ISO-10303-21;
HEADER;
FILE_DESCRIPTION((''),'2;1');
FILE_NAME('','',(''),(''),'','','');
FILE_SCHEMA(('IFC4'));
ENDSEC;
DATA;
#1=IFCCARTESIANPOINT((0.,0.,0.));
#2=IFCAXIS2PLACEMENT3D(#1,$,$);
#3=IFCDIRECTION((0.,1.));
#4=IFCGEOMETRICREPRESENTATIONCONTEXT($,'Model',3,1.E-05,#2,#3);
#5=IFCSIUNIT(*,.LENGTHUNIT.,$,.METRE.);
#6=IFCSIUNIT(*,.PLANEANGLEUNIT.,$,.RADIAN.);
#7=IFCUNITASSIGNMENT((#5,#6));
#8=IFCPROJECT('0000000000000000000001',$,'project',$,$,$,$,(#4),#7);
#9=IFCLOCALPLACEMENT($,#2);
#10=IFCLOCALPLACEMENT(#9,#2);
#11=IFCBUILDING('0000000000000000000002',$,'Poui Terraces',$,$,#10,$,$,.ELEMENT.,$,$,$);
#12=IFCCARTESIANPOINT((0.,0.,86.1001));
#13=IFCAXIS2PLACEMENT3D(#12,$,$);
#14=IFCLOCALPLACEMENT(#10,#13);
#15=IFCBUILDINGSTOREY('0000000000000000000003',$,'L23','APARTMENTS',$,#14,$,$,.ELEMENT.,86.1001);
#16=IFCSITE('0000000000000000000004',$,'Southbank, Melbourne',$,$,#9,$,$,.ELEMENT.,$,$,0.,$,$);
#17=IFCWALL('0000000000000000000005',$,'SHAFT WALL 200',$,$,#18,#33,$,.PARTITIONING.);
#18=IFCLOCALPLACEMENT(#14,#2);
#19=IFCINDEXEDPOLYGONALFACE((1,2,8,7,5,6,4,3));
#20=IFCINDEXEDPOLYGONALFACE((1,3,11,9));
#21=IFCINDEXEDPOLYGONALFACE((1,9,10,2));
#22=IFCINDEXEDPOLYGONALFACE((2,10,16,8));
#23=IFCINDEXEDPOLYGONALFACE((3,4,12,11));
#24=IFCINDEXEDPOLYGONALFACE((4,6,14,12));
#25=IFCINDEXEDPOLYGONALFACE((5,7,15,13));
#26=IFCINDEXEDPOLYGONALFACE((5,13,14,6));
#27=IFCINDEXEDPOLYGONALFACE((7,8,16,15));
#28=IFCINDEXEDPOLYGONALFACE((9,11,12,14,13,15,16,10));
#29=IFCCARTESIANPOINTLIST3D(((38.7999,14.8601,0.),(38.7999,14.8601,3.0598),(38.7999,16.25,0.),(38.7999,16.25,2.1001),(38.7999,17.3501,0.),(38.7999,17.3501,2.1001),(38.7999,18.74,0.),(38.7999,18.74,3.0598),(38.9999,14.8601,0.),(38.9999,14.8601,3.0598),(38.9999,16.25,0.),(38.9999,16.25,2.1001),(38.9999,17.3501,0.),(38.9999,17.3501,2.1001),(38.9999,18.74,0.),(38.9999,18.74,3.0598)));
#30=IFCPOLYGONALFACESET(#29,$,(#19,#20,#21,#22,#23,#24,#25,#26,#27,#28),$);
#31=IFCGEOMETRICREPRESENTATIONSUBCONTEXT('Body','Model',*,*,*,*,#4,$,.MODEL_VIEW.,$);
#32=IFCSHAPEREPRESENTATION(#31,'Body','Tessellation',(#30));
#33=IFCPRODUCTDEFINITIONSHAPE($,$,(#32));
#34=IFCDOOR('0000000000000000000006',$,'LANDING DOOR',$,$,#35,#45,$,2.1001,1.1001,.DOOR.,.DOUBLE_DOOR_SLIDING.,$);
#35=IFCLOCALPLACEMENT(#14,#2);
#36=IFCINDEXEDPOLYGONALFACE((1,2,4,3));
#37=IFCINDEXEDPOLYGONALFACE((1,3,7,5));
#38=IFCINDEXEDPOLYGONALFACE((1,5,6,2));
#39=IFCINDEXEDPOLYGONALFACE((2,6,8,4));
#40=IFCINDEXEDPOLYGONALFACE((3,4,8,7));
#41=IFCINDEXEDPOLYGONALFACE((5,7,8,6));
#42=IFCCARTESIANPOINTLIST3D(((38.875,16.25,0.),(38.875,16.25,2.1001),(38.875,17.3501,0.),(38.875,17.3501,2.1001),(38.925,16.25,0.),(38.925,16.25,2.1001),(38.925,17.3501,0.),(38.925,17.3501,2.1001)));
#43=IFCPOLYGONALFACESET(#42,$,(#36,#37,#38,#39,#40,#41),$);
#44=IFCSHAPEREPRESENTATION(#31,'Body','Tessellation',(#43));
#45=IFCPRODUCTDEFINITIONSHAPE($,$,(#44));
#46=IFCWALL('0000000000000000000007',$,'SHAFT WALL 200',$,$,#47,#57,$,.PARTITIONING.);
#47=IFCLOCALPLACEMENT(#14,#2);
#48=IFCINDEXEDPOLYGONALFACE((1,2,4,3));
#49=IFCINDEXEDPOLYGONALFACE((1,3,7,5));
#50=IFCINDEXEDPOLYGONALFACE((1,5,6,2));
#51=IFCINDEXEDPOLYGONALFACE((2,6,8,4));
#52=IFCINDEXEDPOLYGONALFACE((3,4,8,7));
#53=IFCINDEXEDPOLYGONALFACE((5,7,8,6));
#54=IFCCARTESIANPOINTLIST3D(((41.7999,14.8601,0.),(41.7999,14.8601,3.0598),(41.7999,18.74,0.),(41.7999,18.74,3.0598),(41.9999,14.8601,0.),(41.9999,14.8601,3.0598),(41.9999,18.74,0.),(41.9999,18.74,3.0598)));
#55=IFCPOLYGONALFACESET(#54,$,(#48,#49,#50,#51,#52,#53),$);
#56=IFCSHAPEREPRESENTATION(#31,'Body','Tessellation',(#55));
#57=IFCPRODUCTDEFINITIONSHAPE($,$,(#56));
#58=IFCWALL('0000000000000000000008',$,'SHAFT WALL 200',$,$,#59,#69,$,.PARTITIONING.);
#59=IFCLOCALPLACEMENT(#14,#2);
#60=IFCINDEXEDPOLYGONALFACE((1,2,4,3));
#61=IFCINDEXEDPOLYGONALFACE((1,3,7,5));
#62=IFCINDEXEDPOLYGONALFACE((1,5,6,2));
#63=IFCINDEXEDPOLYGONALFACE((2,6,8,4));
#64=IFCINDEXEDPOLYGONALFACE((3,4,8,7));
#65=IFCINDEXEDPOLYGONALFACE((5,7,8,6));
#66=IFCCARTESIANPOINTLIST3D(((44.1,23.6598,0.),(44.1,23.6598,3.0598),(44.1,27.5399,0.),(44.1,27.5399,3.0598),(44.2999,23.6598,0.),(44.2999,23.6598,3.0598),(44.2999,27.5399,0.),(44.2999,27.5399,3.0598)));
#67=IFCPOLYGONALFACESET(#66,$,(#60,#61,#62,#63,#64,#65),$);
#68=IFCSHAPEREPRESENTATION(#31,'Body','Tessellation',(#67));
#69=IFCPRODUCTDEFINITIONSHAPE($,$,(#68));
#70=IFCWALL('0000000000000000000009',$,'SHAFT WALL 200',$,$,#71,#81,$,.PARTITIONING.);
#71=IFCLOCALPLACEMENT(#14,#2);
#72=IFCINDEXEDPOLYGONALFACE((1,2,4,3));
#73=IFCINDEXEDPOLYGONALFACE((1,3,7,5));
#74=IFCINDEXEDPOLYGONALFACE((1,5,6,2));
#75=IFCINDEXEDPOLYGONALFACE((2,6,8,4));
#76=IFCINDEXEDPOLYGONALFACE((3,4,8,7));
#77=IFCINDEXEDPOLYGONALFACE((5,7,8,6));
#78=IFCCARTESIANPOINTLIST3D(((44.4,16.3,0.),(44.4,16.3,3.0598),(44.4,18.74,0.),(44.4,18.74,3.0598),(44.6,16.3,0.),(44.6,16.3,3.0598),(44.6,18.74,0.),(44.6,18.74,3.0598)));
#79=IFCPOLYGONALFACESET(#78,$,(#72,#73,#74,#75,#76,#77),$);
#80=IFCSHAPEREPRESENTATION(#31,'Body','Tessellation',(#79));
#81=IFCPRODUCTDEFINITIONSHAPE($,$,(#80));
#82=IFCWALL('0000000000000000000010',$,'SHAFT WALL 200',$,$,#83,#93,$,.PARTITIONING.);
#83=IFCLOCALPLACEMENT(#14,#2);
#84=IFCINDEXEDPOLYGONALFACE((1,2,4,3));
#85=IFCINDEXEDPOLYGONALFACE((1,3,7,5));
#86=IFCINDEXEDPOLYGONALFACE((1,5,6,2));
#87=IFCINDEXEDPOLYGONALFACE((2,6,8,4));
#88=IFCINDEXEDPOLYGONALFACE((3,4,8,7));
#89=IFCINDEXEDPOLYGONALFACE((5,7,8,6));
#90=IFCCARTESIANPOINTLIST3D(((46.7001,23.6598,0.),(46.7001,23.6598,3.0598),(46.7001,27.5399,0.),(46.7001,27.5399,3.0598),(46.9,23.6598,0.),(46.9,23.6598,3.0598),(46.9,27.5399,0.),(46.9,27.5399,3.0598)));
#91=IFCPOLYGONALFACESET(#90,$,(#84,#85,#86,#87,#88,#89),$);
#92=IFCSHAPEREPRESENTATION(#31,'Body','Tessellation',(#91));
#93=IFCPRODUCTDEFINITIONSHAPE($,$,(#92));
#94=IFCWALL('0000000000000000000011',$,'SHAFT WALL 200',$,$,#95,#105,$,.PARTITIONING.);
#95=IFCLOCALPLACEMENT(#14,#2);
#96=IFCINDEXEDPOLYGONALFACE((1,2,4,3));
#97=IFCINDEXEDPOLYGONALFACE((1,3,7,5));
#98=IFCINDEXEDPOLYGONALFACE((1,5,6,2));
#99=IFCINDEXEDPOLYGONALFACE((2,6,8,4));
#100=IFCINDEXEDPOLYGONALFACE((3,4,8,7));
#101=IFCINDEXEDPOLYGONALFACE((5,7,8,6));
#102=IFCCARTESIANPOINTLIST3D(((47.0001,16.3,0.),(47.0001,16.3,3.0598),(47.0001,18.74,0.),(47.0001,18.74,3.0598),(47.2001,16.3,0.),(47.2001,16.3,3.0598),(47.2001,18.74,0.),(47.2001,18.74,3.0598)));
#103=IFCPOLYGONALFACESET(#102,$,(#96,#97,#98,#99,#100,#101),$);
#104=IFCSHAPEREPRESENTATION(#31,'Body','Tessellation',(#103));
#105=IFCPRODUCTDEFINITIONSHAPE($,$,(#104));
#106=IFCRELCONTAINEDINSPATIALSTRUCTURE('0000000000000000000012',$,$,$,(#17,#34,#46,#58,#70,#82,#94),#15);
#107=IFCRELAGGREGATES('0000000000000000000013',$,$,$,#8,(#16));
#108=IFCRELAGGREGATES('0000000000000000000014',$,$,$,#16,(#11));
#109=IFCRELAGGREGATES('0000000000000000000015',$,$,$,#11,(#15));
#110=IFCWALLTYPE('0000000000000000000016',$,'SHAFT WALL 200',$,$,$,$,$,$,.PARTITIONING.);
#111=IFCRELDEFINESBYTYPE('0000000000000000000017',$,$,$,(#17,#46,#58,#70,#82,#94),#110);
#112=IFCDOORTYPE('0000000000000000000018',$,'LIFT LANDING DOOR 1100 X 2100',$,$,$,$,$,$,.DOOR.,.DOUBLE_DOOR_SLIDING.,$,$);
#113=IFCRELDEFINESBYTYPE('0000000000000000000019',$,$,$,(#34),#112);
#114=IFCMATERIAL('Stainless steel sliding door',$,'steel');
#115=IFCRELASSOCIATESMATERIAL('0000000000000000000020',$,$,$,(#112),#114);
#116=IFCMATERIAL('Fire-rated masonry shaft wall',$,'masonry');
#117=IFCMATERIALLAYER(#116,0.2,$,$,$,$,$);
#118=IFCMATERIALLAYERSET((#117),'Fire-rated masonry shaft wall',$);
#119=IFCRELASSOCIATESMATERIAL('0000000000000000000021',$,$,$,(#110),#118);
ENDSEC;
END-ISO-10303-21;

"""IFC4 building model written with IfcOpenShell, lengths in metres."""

from ifc_helpers import new_model, si_unit, direction, frame, frame_2d, origin, place, context, subcontext, project, spatial, rectangle, extrude, material, layer, layer_set, type_object, element, fill, save


model = new_model("IFC4")

# Units and contexts
model_context = context("Model", 3, precision=1e-05, world=origin(), true_north=direction((0.0, 1.0)))
body_context = subcontext(model_context, "Body", "Model", "MODEL_VIEW")
ifc_project = project(units=[si_unit("LENGTHUNIT", "METRE"), si_unit("PLANEANGLEUNIT", "RADIAN")], contexts=[model_context])

# Site, building, storey
site_placement = place(None, origin())
site = spatial("IfcSite", under=ifc_project, at=site_placement, Name="Southbank, Melbourne", CompositionType="ELEMENT", RefElevation=0.0)
building_placement = place(site_placement, origin())
building = spatial("IfcBuilding", under=site, at=building_placement, Name="Poui Terraces", CompositionType="ELEMENT")
storey_placement = place(building_placement, frame((0.0, 0.0, 86.1001)))
storey = spatial("IfcBuildingStorey", under=building, at=storey_placement, Name="L23", Description="APARTMENTS", CompositionType="ELEMENT", Elevation=86.1001)

# Shared definitions
ifc_material_1 = material(Name="Stainless steel sliding door", Category="steel")
door_type_1 = type_object("IfcDoorType", Name="LIFT LANDING DOOR 1100 X 2100", OperationType="DOUBLE_DOOR_SLIDING", PredefinedType="DOOR", material=ifc_material_1)

# Shared definitions
ifc_material_2 = material(Name="Fire-rated masonry shaft wall", Category="masonry")
ifc_layer_1 = layer(ifc_material_2, 0.2)
ifc_layer_set_1 = layer_set([ifc_layer_1], Name="Fire-rated masonry shaft wall")
wall_type_1 = type_object("IfcWallType", Name="SHAFT WALL 200", PredefinedType="PARTITIONING", material=ifc_layer_set_1)

# Wall, opening, door
wall_1_placement = place(storey_placement, frame((38.8999, 14.8601, 0.0), z_axis=(0.0, 0.0, 1.0), x_axis=(0.0, 1.0, 0.0)))
wall_1 = element("IfcWall", 1, at=wall_1_placement, inside=storey, type_object=wall_type_1, Name="SHAFT WALL 200", PredefinedType="PARTITIONING", context=body_context, shape_type="SweptSolid", body=[
    extrude(rectangle(XDim=3.8799, YDim=0.2, at=frame_2d((1.9399, 0.0))), origin(), (0.0, 0.0, 1.0), 3.0598),
])
opening_1_placement = place(wall_1_placement, frame((1.3899, 0.0, 0.0)))
opening_1 = element("IfcOpeningElement", 2, at=opening_1_placement, cuts=wall_1, PredefinedType="OPENING", context=body_context, shape_type="SweptSolid", body=[
    extrude(rectangle(XDim=1.1001, YDim=2.1001, at=frame_2d((0.55, 1.05))), frame((0.0, 0.1099, 0.0), z_axis=(0.0, -1.0, 0.0), x_axis=(1.0, 0.0, 0.0)), (0.0, 0.0, 1.0), 0.22),
])
door_1_placement = place(opening_1_placement, origin())
door_1 = element("IfcDoor", 3, at=door_1_placement, inside=storey, type_object=door_type_1, Name="LANDING DOOR", OperationType="DOUBLE_DOOR_SLIDING", OverallHeight=2.1001, OverallWidth=1.1001, PredefinedType="DOOR", context=body_context, shape_type="SweptSolid", body=[
    extrude(rectangle(XDim=1.1001, YDim=2.1001, at=frame_2d((0.55, 1.05))), frame((0.0, 0.0249, 0.0), z_axis=(0.0, -1.0, 0.0), x_axis=(1.0, 0.0, 0.0)), (0.0, 0.0, 1.0), 0.05),
])
fill(opening_1, door_1)

# Walls
wall_2_placement = place(storey_placement, frame((41.8999, 14.8601, 0.0), z_axis=(0.0, 0.0, 1.0), x_axis=(0.0, 1.0, 0.0)))
element("IfcWall", 4, at=wall_2_placement, inside=storey, type_object=wall_type_1, Name="SHAFT WALL 200", PredefinedType="PARTITIONING", context=body_context, shape_type="SweptSolid", body=[
    extrude(rectangle(XDim=3.8799, YDim=0.2, at=frame_2d((1.9399, 0.0))), origin(), (0.0, 0.0, 1.0), 3.0598),
])
wall_3_placement = place(storey_placement, frame((44.2, 23.6599, 0.0), z_axis=(0.0, 0.0, 1.0), x_axis=(0.0, 1.0, 0.0)))
element("IfcWall", 5, at=wall_3_placement, inside=storey, type_object=wall_type_1, Name="SHAFT WALL 200", PredefinedType="PARTITIONING", context=body_context, shape_type="SweptSolid", body=[
    extrude(rectangle(XDim=3.8801, YDim=0.2, at=frame_2d((1.9399, 0.0))), origin(), (0.0, 0.0, 1.0), 3.0598),
])
wall_4_placement = place(storey_placement, frame((44.5, 16.3, 0.0), z_axis=(0.0, 0.0, 1.0), x_axis=(0.0, 1.0, 0.0)))
element("IfcWall", 6, at=wall_4_placement, inside=storey, type_object=wall_type_1, Name="SHAFT WALL 200", PredefinedType="PARTITIONING", context=body_context, shape_type="SweptSolid", body=[
    extrude(rectangle(XDim=2.4399, YDim=0.2, at=frame_2d((1.22, 0.0))), origin(), (0.0, 0.0, 1.0), 3.0598),
])
wall_5_placement = place(storey_placement, frame((46.8, 23.6599, 0.0), z_axis=(0.0, 0.0, 1.0), x_axis=(0.0, 1.0, 0.0)))
element("IfcWall", 7, at=wall_5_placement, inside=storey, type_object=wall_type_1, Name="SHAFT WALL 200", PredefinedType="PARTITIONING", context=body_context, shape_type="SweptSolid", body=[
    extrude(rectangle(XDim=3.8801, YDim=0.2, at=frame_2d((1.9399, 0.0))), origin(), (0.0, 0.0, 1.0), 3.0598),
])
wall_6_placement = place(storey_placement, frame((47.1001, 16.3, 0.0), z_axis=(0.0, 0.0, 1.0), x_axis=(0.0, 1.0, 0.0)))
element("IfcWall", 8, at=wall_6_placement, inside=storey, type_object=wall_type_1, Name="SHAFT WALL 200", PredefinedType="PARTITIONING", context=body_context, shape_type="SweptSolid", body=[
    extrude(rectangle(XDim=2.4399, YDim=0.2, at=frame_2d((1.22, 0.0))), origin(), (0.0, 0.0, 1.0), 3.0598),
])

save(model, "model.ifc")
